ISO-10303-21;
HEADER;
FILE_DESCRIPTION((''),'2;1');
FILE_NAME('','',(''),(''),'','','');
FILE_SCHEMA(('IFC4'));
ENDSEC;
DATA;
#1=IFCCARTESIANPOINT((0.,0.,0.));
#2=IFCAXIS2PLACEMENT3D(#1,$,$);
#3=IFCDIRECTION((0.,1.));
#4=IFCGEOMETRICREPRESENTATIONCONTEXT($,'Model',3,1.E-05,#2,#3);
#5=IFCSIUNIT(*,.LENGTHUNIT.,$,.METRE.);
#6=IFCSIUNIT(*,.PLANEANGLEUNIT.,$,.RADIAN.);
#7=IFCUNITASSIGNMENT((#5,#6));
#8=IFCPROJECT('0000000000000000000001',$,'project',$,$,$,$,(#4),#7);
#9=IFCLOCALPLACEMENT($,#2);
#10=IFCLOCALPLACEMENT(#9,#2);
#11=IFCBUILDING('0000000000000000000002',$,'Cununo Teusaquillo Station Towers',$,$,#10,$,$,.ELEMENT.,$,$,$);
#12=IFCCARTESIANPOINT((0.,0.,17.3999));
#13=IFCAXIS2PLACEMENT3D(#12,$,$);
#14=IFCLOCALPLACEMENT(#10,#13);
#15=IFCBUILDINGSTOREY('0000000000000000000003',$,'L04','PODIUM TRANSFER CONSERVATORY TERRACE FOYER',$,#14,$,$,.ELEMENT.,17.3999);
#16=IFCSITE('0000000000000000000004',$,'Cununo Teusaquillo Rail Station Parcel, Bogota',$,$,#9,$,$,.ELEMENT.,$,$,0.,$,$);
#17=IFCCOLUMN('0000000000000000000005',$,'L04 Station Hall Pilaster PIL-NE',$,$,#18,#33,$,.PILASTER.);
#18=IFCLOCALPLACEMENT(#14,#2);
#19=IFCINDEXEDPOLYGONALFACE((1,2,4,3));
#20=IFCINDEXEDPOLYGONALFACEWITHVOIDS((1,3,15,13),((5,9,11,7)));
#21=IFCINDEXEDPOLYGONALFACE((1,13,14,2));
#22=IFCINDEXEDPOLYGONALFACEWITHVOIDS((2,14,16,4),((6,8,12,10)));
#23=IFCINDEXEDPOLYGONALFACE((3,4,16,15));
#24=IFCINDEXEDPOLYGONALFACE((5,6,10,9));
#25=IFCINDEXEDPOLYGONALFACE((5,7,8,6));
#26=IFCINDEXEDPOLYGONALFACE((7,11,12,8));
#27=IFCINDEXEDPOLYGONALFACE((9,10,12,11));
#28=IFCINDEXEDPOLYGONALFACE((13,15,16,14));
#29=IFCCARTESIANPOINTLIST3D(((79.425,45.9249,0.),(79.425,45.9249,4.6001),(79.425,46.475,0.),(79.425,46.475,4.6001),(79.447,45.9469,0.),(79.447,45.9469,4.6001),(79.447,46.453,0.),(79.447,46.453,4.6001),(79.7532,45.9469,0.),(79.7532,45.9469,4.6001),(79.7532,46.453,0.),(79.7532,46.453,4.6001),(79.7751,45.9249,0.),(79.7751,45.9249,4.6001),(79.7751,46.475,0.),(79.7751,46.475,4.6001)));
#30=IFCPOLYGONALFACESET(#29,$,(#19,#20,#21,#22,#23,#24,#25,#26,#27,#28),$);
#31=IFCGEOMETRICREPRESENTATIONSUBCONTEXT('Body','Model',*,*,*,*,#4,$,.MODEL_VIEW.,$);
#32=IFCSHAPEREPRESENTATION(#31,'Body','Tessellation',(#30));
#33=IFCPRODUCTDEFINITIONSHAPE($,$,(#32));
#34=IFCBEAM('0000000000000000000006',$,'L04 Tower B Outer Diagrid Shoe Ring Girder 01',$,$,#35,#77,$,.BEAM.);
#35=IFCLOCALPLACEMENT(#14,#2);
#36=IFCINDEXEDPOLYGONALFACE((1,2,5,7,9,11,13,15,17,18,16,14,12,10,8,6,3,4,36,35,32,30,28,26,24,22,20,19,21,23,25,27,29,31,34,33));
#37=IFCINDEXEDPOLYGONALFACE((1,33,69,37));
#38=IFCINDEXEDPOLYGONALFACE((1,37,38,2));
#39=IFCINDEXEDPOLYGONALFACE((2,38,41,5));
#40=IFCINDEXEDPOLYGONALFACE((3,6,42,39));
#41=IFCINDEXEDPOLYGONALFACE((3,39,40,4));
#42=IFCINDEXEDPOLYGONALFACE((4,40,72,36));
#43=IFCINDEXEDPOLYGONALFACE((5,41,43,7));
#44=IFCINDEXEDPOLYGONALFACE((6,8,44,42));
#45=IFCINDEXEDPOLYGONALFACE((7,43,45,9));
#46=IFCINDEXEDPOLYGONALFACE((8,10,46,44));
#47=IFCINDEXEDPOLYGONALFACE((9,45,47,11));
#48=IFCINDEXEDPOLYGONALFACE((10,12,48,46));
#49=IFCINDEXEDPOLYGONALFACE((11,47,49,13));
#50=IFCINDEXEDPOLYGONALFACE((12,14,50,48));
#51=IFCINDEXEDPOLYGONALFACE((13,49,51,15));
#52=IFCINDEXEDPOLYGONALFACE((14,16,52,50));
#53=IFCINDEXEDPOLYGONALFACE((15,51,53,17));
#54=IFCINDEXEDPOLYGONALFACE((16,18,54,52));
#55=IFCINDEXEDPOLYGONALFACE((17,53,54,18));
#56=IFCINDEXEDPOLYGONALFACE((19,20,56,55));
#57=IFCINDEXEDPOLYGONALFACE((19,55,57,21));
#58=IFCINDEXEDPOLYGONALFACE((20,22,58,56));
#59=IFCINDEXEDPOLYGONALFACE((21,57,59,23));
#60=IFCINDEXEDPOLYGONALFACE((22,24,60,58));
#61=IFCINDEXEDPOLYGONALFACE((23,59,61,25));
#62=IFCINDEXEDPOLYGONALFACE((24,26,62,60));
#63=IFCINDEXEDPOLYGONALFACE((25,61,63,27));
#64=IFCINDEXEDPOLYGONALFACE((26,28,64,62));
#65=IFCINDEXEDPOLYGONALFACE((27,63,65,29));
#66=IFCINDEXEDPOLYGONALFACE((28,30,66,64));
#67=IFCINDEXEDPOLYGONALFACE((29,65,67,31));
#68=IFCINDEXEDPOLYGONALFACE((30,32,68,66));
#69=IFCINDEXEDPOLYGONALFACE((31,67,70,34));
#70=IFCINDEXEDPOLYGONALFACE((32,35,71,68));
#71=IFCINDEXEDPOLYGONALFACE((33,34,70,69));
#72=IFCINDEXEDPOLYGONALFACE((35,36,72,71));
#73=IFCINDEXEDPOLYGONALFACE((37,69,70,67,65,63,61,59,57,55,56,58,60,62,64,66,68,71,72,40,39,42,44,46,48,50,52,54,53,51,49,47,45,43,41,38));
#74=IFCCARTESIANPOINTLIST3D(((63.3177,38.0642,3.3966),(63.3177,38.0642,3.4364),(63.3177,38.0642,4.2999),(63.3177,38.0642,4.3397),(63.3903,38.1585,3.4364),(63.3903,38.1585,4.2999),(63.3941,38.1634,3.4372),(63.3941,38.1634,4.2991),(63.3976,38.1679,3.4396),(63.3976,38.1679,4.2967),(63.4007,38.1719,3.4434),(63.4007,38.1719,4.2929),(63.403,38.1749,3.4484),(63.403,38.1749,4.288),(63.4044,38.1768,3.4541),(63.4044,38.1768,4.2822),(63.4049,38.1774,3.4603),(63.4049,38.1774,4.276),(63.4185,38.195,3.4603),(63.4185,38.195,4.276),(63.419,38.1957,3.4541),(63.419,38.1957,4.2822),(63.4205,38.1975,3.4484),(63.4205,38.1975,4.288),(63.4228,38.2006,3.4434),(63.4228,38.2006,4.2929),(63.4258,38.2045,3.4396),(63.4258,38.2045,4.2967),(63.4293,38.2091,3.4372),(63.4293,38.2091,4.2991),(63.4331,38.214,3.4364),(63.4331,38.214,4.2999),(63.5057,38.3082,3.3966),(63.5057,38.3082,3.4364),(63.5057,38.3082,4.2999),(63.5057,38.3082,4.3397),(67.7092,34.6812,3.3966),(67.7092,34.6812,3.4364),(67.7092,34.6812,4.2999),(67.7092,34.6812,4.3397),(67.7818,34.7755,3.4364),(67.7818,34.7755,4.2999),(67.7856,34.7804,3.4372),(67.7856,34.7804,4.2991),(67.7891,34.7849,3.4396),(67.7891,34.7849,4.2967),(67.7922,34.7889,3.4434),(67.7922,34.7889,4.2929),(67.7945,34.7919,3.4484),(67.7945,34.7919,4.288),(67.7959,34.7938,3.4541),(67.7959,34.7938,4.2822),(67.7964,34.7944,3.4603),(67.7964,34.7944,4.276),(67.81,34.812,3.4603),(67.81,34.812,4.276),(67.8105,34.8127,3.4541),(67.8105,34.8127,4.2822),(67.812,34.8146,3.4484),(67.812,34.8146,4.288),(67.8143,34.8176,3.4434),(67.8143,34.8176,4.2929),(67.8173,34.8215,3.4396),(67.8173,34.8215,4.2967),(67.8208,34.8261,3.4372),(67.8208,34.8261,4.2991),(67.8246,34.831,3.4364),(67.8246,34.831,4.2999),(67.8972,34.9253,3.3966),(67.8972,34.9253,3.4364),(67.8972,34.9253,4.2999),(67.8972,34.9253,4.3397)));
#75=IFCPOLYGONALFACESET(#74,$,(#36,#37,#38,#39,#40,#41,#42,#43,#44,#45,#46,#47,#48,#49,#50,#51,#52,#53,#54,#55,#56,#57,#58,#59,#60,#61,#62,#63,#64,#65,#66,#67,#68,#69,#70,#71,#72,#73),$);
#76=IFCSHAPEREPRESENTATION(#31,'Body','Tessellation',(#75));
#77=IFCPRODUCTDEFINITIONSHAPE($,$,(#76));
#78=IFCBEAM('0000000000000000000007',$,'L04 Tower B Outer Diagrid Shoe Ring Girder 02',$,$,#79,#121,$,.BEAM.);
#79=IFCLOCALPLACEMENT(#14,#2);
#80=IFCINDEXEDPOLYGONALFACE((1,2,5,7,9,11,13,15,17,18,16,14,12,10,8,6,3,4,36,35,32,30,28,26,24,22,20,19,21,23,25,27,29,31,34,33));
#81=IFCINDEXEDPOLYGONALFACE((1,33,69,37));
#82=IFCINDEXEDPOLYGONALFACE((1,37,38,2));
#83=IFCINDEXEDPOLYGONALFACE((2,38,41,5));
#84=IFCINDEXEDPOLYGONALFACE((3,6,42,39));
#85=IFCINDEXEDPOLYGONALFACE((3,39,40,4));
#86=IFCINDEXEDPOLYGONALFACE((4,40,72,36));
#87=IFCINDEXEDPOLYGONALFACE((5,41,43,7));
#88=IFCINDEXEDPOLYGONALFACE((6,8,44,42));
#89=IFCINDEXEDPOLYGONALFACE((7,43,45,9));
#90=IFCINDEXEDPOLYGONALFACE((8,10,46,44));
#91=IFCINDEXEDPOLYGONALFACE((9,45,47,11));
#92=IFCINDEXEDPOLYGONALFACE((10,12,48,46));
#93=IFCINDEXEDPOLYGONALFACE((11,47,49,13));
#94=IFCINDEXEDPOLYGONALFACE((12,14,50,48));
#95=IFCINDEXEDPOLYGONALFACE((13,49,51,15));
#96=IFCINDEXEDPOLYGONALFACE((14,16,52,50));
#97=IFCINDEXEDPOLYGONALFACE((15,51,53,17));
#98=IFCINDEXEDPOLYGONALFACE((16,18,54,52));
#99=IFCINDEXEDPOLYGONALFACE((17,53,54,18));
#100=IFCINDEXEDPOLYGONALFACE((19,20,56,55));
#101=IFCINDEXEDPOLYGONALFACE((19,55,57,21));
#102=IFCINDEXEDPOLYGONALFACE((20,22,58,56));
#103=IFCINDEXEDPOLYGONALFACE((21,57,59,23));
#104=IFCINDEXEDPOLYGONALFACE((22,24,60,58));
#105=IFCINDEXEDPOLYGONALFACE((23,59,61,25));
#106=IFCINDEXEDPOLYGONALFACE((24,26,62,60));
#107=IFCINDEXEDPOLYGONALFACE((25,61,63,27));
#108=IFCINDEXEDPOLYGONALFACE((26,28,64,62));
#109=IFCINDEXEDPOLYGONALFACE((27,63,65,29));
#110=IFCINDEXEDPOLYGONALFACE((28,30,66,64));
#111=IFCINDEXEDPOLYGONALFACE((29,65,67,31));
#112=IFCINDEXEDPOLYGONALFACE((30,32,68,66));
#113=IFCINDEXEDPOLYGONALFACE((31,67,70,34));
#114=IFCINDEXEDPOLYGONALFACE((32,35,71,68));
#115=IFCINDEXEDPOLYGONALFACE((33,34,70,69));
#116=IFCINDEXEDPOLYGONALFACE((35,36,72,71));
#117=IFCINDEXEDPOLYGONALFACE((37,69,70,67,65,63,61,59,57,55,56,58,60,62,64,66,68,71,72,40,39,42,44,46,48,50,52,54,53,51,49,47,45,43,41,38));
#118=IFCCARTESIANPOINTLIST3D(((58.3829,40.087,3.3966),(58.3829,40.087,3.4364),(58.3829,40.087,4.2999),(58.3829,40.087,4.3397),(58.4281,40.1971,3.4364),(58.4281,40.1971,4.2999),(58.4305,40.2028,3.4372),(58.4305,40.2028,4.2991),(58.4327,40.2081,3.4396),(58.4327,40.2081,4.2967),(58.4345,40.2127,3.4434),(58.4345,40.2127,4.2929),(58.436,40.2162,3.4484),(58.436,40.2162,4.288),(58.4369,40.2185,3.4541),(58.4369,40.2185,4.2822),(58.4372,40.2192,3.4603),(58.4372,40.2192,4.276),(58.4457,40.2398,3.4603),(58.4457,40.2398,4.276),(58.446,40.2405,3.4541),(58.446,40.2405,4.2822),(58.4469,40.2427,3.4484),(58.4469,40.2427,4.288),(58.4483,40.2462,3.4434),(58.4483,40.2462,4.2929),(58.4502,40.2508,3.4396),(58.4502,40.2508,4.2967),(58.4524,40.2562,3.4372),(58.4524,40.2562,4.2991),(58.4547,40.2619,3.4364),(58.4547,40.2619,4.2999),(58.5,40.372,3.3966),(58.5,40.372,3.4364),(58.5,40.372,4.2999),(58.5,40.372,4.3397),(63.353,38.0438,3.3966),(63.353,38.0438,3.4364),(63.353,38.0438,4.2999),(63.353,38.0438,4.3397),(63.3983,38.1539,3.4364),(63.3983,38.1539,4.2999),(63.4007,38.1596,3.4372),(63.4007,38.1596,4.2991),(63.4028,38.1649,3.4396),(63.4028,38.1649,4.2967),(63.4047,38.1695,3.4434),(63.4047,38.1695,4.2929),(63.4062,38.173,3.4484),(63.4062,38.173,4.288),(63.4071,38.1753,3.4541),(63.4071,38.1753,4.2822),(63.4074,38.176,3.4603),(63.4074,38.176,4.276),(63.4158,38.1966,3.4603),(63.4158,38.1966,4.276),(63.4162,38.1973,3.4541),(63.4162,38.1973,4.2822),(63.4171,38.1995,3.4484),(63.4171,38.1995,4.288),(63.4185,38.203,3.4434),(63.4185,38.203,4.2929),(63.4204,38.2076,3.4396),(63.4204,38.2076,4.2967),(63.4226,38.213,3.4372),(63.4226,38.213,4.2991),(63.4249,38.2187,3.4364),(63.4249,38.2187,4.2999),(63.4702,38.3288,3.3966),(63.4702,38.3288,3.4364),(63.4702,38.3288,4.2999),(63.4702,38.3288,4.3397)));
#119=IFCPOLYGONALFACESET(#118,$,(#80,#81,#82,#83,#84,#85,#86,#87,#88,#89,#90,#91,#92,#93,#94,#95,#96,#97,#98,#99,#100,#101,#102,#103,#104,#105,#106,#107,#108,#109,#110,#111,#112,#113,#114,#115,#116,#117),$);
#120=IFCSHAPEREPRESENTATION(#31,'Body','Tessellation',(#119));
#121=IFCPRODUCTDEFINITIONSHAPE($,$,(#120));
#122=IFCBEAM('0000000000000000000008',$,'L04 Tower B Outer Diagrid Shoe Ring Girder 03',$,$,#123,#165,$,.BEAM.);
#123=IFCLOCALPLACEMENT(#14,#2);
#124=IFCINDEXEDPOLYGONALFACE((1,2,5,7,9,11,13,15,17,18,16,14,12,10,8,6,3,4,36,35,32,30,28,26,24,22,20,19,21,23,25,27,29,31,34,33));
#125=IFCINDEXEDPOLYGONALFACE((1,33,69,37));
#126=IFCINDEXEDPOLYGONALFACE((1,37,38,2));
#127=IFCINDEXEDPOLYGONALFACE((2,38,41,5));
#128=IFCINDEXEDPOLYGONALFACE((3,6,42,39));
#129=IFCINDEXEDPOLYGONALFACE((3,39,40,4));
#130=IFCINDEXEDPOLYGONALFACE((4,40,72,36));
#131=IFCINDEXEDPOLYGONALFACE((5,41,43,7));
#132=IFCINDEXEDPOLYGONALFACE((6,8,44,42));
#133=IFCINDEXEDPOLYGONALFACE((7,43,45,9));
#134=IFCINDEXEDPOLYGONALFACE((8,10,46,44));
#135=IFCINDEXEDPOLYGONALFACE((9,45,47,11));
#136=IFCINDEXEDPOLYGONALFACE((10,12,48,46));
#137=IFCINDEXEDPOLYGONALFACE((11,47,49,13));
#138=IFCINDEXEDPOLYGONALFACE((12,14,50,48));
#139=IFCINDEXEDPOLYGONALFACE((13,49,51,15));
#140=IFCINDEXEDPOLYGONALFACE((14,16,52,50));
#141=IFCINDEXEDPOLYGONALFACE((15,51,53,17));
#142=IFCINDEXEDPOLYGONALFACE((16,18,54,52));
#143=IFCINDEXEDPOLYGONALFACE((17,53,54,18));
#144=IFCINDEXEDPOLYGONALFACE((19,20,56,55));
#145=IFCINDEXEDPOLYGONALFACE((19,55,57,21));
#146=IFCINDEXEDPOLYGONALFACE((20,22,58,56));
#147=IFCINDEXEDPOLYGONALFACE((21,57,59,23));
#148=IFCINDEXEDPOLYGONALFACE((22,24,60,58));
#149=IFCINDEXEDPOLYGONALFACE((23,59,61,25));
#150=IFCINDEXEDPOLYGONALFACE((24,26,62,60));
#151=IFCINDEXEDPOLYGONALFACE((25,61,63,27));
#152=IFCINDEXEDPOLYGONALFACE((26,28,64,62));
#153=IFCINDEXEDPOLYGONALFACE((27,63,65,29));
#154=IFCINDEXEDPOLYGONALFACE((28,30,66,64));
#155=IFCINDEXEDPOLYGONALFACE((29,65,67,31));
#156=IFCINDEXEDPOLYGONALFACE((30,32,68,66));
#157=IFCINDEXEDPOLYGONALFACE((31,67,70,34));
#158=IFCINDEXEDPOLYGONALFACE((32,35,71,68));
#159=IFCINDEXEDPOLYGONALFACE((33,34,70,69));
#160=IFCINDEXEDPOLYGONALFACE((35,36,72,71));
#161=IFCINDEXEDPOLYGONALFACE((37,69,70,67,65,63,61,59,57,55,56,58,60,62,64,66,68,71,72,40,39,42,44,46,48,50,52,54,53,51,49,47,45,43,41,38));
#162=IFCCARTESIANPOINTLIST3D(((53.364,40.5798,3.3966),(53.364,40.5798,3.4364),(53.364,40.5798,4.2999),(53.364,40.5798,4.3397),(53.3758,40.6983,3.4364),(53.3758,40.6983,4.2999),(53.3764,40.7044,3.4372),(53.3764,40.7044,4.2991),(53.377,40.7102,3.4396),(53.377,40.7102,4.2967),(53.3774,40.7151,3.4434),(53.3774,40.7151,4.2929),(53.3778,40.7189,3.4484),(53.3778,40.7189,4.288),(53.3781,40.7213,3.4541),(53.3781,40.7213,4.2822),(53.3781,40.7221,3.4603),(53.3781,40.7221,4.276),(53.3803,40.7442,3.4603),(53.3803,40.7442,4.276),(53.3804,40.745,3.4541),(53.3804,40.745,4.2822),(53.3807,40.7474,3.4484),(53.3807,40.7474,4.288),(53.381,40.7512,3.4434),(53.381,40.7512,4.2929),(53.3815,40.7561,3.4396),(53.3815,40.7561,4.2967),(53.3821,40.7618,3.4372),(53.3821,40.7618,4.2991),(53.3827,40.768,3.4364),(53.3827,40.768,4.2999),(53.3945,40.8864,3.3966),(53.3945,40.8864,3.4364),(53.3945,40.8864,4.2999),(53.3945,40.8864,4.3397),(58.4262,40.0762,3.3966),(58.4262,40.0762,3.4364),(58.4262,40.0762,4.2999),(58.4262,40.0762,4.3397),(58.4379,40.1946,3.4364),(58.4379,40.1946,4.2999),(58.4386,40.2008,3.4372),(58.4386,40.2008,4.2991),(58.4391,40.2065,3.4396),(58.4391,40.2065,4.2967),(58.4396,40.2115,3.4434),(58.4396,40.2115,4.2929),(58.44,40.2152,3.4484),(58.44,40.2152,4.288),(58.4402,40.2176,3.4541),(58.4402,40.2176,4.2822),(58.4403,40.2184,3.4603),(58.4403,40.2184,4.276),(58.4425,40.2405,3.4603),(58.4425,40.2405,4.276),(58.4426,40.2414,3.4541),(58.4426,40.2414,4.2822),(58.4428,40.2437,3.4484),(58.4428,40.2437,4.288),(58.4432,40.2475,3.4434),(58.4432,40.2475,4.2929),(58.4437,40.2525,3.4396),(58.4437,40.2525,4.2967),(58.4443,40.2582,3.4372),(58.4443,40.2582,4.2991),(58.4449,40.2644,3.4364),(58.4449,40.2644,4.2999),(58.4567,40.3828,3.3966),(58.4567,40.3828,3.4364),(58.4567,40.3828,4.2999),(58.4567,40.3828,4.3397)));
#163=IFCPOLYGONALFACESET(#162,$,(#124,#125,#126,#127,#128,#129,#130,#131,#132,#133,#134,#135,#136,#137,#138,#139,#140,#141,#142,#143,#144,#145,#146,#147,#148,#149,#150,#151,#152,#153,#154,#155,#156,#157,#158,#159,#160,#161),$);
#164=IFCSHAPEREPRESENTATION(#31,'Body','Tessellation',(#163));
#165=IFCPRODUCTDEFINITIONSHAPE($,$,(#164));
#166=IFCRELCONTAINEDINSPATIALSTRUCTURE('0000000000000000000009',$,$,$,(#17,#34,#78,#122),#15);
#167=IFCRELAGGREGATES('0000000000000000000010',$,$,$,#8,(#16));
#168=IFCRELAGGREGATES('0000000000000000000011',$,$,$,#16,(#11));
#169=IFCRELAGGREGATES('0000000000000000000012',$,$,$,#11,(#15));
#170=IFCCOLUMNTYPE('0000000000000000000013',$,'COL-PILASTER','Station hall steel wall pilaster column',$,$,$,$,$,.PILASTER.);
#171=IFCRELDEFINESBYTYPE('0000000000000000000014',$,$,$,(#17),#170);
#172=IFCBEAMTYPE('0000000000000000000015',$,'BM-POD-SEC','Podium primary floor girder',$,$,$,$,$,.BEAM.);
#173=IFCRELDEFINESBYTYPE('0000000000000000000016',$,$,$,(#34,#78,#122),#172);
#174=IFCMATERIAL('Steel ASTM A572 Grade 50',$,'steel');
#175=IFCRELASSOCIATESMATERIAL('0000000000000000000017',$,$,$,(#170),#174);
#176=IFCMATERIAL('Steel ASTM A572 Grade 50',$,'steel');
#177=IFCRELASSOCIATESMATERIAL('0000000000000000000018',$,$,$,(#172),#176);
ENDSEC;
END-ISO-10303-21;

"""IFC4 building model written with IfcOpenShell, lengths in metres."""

from ifc_helpers import new_model, si_unit, direction, frame, origin, origin_2d, place, context, subcontext, project, spatial, hollow_rectangle, i_section, extrude, material, material_profile, profile_set, type_object, element, save


model = new_model("IFC4")

# Units and contexts
model_context = context("Model", 3, precision=1e-05, world=origin(), true_north=direction((0.0, 1.0)))
body_context = subcontext(model_context, "Body", "Model", "MODEL_VIEW")
ifc_project = project(units=[si_unit("LENGTHUNIT", "METRE"), si_unit("PLANEANGLEUNIT", "RADIAN")], contexts=[model_context])

# Site, building, storey
site_placement = place(None, origin())
site = spatial("IfcSite", under=ifc_project, at=site_placement, Name="Cununo Teusaquillo Rail Station Parcel, Bogota", CompositionType="ELEMENT", RefElevation=0.0)
building_placement = place(site_placement, origin())
building = spatial("IfcBuilding", under=site, at=building_placement, Name="Cununo Teusaquillo Station Towers", CompositionType="ELEMENT")
storey_placement = place(building_placement, frame((0.0, 0.0, 17.3999)))
storey = spatial("IfcBuildingStorey", under=building, at=storey_placement, Name="L04", Description="PODIUM TRANSFER CONSERVATORY TERRACE FOYER", CompositionType="ELEMENT", Elevation=17.3999)

# Column
ifc_material_1 = material(Name="Steel ASTM A572 Grade 50", Category="steel")
ifc_material_profile_1 = material_profile(ifc_material_1, hollow_rectangle(XDim=0.3501, YDim=0.55, WallThickness=0.022, at=origin_2d()), Name="RHS 550x350x22")
ifc_profile_set_1 = profile_set([ifc_material_profile_1], Name="Steel ASTM A572 Grade 50")
column_type = type_object("IfcColumnType", Name="COL-PILASTER", Description="Station hall steel wall pilaster column", PredefinedType="PILASTER", material=ifc_profile_set_1)
column_placement = place(storey_placement, frame((79.6001, 46.2, 0.0), z_axis=(0.0, 0.0, 1.0), x_axis=(1.0, 0.0, 0.0)))
element("IfcColumn", 1, at=column_placement, inside=storey, type_object=column_type, Name="L04 Station Hall Pilaster PIL-NE", PredefinedType="PILASTER", context=body_context, shape_type="SweptSolid", body=[
    extrude(hollow_rectangle(XDim=0.3501, YDim=0.55, WallThickness=0.022, at=origin_2d()), origin(), (0.0, 0.0, 1.0), 4.6001),
])

# Beams
ifc_material_2 = material(Name="Steel ASTM A572 Grade 50", Category="steel")
ifc_material_profile_2 = material_profile(ifc_material_2, i_section(OverallWidth=0.3081, OverallDepth=0.9431, WebThickness=0.0222, FlangeThickness=0.0398, FilletRadius=0.0239, at=origin_2d()), Name="W36X232")
ifc_profile_set_2 = profile_set([ifc_material_profile_2], Name="Steel ASTM A572 Grade 50")
beam_type_1 = type_object("IfcBeamType", Name="BM-POD-SEC", Description="Podium primary floor girder", PredefinedType="BEAM", material=ifc_profile_set_2)
beam_1_placement = place(storey_placement, frame((67.8032, 34.8032, 3.8682), z_axis=(-0.792196, 0.610266, 0.0), x_axis=(-0.610266, -0.792196, 0.0)))
element("IfcBeam", 2, at=beam_1_placement, inside=storey, type_object=beam_type_1, Name="L04 Tower B Outer Diagrid Shoe Ring Girder 01", PredefinedType="BEAM", context=body_context, shape_type="SweptSolid", body=[
    extrude(i_section(OverallWidth=0.3081, OverallDepth=0.9431, WebThickness=0.0222, FlangeThickness=0.0398, FilletRadius=0.0239, at=origin_2d()), origin(), (0.0, 0.0, 1.0), 5.5435),
])
beam_2_placement = place(storey_placement, frame((63.4116, 38.1863, 3.8682), z_axis=(-0.924897, 0.380217, 0.0), x_axis=(-0.380217, -0.924897, 0.0)))
element("IfcBeam", 3, at=beam_2_placement, inside=storey, type_object=beam_type_1, Name="L04 Tower B Outer Diagrid Shoe Ring Girder 02", PredefinedType="BEAM", context=body_context, shape_type="SweptSolid", body=[
    extrude(i_section(OverallWidth=0.3081, OverallDepth=0.9431, WebThickness=0.0222, FlangeThickness=0.0398, FilletRadius=0.0239, at=origin_2d()), origin(), (0.0, 0.0, 1.0), 5.3738),
])
beam_3_placement = place(storey_placement, frame((58.4414, 40.2295, 3.8682), z_axis=(-0.995087, 0.099005, 0.0), x_axis=(-0.099005, -0.995087, 0.0)))
element("IfcBeam", 4, at=beam_3_placement, inside=storey, type_object=beam_type_1, Name="L04 Tower B Outer Diagrid Shoe Ring Girder 03", PredefinedType="BEAM", context=body_context, shape_type="SweptSolid", body=[
    extrude(i_section(OverallWidth=0.3081, OverallDepth=0.9431, WebThickness=0.0222, FlangeThickness=0.0398, FilletRadius=0.0239, at=origin_2d()), origin(), (0.0, 0.0, 1.0), 5.0872),
])

save(model, "model.ifc")
